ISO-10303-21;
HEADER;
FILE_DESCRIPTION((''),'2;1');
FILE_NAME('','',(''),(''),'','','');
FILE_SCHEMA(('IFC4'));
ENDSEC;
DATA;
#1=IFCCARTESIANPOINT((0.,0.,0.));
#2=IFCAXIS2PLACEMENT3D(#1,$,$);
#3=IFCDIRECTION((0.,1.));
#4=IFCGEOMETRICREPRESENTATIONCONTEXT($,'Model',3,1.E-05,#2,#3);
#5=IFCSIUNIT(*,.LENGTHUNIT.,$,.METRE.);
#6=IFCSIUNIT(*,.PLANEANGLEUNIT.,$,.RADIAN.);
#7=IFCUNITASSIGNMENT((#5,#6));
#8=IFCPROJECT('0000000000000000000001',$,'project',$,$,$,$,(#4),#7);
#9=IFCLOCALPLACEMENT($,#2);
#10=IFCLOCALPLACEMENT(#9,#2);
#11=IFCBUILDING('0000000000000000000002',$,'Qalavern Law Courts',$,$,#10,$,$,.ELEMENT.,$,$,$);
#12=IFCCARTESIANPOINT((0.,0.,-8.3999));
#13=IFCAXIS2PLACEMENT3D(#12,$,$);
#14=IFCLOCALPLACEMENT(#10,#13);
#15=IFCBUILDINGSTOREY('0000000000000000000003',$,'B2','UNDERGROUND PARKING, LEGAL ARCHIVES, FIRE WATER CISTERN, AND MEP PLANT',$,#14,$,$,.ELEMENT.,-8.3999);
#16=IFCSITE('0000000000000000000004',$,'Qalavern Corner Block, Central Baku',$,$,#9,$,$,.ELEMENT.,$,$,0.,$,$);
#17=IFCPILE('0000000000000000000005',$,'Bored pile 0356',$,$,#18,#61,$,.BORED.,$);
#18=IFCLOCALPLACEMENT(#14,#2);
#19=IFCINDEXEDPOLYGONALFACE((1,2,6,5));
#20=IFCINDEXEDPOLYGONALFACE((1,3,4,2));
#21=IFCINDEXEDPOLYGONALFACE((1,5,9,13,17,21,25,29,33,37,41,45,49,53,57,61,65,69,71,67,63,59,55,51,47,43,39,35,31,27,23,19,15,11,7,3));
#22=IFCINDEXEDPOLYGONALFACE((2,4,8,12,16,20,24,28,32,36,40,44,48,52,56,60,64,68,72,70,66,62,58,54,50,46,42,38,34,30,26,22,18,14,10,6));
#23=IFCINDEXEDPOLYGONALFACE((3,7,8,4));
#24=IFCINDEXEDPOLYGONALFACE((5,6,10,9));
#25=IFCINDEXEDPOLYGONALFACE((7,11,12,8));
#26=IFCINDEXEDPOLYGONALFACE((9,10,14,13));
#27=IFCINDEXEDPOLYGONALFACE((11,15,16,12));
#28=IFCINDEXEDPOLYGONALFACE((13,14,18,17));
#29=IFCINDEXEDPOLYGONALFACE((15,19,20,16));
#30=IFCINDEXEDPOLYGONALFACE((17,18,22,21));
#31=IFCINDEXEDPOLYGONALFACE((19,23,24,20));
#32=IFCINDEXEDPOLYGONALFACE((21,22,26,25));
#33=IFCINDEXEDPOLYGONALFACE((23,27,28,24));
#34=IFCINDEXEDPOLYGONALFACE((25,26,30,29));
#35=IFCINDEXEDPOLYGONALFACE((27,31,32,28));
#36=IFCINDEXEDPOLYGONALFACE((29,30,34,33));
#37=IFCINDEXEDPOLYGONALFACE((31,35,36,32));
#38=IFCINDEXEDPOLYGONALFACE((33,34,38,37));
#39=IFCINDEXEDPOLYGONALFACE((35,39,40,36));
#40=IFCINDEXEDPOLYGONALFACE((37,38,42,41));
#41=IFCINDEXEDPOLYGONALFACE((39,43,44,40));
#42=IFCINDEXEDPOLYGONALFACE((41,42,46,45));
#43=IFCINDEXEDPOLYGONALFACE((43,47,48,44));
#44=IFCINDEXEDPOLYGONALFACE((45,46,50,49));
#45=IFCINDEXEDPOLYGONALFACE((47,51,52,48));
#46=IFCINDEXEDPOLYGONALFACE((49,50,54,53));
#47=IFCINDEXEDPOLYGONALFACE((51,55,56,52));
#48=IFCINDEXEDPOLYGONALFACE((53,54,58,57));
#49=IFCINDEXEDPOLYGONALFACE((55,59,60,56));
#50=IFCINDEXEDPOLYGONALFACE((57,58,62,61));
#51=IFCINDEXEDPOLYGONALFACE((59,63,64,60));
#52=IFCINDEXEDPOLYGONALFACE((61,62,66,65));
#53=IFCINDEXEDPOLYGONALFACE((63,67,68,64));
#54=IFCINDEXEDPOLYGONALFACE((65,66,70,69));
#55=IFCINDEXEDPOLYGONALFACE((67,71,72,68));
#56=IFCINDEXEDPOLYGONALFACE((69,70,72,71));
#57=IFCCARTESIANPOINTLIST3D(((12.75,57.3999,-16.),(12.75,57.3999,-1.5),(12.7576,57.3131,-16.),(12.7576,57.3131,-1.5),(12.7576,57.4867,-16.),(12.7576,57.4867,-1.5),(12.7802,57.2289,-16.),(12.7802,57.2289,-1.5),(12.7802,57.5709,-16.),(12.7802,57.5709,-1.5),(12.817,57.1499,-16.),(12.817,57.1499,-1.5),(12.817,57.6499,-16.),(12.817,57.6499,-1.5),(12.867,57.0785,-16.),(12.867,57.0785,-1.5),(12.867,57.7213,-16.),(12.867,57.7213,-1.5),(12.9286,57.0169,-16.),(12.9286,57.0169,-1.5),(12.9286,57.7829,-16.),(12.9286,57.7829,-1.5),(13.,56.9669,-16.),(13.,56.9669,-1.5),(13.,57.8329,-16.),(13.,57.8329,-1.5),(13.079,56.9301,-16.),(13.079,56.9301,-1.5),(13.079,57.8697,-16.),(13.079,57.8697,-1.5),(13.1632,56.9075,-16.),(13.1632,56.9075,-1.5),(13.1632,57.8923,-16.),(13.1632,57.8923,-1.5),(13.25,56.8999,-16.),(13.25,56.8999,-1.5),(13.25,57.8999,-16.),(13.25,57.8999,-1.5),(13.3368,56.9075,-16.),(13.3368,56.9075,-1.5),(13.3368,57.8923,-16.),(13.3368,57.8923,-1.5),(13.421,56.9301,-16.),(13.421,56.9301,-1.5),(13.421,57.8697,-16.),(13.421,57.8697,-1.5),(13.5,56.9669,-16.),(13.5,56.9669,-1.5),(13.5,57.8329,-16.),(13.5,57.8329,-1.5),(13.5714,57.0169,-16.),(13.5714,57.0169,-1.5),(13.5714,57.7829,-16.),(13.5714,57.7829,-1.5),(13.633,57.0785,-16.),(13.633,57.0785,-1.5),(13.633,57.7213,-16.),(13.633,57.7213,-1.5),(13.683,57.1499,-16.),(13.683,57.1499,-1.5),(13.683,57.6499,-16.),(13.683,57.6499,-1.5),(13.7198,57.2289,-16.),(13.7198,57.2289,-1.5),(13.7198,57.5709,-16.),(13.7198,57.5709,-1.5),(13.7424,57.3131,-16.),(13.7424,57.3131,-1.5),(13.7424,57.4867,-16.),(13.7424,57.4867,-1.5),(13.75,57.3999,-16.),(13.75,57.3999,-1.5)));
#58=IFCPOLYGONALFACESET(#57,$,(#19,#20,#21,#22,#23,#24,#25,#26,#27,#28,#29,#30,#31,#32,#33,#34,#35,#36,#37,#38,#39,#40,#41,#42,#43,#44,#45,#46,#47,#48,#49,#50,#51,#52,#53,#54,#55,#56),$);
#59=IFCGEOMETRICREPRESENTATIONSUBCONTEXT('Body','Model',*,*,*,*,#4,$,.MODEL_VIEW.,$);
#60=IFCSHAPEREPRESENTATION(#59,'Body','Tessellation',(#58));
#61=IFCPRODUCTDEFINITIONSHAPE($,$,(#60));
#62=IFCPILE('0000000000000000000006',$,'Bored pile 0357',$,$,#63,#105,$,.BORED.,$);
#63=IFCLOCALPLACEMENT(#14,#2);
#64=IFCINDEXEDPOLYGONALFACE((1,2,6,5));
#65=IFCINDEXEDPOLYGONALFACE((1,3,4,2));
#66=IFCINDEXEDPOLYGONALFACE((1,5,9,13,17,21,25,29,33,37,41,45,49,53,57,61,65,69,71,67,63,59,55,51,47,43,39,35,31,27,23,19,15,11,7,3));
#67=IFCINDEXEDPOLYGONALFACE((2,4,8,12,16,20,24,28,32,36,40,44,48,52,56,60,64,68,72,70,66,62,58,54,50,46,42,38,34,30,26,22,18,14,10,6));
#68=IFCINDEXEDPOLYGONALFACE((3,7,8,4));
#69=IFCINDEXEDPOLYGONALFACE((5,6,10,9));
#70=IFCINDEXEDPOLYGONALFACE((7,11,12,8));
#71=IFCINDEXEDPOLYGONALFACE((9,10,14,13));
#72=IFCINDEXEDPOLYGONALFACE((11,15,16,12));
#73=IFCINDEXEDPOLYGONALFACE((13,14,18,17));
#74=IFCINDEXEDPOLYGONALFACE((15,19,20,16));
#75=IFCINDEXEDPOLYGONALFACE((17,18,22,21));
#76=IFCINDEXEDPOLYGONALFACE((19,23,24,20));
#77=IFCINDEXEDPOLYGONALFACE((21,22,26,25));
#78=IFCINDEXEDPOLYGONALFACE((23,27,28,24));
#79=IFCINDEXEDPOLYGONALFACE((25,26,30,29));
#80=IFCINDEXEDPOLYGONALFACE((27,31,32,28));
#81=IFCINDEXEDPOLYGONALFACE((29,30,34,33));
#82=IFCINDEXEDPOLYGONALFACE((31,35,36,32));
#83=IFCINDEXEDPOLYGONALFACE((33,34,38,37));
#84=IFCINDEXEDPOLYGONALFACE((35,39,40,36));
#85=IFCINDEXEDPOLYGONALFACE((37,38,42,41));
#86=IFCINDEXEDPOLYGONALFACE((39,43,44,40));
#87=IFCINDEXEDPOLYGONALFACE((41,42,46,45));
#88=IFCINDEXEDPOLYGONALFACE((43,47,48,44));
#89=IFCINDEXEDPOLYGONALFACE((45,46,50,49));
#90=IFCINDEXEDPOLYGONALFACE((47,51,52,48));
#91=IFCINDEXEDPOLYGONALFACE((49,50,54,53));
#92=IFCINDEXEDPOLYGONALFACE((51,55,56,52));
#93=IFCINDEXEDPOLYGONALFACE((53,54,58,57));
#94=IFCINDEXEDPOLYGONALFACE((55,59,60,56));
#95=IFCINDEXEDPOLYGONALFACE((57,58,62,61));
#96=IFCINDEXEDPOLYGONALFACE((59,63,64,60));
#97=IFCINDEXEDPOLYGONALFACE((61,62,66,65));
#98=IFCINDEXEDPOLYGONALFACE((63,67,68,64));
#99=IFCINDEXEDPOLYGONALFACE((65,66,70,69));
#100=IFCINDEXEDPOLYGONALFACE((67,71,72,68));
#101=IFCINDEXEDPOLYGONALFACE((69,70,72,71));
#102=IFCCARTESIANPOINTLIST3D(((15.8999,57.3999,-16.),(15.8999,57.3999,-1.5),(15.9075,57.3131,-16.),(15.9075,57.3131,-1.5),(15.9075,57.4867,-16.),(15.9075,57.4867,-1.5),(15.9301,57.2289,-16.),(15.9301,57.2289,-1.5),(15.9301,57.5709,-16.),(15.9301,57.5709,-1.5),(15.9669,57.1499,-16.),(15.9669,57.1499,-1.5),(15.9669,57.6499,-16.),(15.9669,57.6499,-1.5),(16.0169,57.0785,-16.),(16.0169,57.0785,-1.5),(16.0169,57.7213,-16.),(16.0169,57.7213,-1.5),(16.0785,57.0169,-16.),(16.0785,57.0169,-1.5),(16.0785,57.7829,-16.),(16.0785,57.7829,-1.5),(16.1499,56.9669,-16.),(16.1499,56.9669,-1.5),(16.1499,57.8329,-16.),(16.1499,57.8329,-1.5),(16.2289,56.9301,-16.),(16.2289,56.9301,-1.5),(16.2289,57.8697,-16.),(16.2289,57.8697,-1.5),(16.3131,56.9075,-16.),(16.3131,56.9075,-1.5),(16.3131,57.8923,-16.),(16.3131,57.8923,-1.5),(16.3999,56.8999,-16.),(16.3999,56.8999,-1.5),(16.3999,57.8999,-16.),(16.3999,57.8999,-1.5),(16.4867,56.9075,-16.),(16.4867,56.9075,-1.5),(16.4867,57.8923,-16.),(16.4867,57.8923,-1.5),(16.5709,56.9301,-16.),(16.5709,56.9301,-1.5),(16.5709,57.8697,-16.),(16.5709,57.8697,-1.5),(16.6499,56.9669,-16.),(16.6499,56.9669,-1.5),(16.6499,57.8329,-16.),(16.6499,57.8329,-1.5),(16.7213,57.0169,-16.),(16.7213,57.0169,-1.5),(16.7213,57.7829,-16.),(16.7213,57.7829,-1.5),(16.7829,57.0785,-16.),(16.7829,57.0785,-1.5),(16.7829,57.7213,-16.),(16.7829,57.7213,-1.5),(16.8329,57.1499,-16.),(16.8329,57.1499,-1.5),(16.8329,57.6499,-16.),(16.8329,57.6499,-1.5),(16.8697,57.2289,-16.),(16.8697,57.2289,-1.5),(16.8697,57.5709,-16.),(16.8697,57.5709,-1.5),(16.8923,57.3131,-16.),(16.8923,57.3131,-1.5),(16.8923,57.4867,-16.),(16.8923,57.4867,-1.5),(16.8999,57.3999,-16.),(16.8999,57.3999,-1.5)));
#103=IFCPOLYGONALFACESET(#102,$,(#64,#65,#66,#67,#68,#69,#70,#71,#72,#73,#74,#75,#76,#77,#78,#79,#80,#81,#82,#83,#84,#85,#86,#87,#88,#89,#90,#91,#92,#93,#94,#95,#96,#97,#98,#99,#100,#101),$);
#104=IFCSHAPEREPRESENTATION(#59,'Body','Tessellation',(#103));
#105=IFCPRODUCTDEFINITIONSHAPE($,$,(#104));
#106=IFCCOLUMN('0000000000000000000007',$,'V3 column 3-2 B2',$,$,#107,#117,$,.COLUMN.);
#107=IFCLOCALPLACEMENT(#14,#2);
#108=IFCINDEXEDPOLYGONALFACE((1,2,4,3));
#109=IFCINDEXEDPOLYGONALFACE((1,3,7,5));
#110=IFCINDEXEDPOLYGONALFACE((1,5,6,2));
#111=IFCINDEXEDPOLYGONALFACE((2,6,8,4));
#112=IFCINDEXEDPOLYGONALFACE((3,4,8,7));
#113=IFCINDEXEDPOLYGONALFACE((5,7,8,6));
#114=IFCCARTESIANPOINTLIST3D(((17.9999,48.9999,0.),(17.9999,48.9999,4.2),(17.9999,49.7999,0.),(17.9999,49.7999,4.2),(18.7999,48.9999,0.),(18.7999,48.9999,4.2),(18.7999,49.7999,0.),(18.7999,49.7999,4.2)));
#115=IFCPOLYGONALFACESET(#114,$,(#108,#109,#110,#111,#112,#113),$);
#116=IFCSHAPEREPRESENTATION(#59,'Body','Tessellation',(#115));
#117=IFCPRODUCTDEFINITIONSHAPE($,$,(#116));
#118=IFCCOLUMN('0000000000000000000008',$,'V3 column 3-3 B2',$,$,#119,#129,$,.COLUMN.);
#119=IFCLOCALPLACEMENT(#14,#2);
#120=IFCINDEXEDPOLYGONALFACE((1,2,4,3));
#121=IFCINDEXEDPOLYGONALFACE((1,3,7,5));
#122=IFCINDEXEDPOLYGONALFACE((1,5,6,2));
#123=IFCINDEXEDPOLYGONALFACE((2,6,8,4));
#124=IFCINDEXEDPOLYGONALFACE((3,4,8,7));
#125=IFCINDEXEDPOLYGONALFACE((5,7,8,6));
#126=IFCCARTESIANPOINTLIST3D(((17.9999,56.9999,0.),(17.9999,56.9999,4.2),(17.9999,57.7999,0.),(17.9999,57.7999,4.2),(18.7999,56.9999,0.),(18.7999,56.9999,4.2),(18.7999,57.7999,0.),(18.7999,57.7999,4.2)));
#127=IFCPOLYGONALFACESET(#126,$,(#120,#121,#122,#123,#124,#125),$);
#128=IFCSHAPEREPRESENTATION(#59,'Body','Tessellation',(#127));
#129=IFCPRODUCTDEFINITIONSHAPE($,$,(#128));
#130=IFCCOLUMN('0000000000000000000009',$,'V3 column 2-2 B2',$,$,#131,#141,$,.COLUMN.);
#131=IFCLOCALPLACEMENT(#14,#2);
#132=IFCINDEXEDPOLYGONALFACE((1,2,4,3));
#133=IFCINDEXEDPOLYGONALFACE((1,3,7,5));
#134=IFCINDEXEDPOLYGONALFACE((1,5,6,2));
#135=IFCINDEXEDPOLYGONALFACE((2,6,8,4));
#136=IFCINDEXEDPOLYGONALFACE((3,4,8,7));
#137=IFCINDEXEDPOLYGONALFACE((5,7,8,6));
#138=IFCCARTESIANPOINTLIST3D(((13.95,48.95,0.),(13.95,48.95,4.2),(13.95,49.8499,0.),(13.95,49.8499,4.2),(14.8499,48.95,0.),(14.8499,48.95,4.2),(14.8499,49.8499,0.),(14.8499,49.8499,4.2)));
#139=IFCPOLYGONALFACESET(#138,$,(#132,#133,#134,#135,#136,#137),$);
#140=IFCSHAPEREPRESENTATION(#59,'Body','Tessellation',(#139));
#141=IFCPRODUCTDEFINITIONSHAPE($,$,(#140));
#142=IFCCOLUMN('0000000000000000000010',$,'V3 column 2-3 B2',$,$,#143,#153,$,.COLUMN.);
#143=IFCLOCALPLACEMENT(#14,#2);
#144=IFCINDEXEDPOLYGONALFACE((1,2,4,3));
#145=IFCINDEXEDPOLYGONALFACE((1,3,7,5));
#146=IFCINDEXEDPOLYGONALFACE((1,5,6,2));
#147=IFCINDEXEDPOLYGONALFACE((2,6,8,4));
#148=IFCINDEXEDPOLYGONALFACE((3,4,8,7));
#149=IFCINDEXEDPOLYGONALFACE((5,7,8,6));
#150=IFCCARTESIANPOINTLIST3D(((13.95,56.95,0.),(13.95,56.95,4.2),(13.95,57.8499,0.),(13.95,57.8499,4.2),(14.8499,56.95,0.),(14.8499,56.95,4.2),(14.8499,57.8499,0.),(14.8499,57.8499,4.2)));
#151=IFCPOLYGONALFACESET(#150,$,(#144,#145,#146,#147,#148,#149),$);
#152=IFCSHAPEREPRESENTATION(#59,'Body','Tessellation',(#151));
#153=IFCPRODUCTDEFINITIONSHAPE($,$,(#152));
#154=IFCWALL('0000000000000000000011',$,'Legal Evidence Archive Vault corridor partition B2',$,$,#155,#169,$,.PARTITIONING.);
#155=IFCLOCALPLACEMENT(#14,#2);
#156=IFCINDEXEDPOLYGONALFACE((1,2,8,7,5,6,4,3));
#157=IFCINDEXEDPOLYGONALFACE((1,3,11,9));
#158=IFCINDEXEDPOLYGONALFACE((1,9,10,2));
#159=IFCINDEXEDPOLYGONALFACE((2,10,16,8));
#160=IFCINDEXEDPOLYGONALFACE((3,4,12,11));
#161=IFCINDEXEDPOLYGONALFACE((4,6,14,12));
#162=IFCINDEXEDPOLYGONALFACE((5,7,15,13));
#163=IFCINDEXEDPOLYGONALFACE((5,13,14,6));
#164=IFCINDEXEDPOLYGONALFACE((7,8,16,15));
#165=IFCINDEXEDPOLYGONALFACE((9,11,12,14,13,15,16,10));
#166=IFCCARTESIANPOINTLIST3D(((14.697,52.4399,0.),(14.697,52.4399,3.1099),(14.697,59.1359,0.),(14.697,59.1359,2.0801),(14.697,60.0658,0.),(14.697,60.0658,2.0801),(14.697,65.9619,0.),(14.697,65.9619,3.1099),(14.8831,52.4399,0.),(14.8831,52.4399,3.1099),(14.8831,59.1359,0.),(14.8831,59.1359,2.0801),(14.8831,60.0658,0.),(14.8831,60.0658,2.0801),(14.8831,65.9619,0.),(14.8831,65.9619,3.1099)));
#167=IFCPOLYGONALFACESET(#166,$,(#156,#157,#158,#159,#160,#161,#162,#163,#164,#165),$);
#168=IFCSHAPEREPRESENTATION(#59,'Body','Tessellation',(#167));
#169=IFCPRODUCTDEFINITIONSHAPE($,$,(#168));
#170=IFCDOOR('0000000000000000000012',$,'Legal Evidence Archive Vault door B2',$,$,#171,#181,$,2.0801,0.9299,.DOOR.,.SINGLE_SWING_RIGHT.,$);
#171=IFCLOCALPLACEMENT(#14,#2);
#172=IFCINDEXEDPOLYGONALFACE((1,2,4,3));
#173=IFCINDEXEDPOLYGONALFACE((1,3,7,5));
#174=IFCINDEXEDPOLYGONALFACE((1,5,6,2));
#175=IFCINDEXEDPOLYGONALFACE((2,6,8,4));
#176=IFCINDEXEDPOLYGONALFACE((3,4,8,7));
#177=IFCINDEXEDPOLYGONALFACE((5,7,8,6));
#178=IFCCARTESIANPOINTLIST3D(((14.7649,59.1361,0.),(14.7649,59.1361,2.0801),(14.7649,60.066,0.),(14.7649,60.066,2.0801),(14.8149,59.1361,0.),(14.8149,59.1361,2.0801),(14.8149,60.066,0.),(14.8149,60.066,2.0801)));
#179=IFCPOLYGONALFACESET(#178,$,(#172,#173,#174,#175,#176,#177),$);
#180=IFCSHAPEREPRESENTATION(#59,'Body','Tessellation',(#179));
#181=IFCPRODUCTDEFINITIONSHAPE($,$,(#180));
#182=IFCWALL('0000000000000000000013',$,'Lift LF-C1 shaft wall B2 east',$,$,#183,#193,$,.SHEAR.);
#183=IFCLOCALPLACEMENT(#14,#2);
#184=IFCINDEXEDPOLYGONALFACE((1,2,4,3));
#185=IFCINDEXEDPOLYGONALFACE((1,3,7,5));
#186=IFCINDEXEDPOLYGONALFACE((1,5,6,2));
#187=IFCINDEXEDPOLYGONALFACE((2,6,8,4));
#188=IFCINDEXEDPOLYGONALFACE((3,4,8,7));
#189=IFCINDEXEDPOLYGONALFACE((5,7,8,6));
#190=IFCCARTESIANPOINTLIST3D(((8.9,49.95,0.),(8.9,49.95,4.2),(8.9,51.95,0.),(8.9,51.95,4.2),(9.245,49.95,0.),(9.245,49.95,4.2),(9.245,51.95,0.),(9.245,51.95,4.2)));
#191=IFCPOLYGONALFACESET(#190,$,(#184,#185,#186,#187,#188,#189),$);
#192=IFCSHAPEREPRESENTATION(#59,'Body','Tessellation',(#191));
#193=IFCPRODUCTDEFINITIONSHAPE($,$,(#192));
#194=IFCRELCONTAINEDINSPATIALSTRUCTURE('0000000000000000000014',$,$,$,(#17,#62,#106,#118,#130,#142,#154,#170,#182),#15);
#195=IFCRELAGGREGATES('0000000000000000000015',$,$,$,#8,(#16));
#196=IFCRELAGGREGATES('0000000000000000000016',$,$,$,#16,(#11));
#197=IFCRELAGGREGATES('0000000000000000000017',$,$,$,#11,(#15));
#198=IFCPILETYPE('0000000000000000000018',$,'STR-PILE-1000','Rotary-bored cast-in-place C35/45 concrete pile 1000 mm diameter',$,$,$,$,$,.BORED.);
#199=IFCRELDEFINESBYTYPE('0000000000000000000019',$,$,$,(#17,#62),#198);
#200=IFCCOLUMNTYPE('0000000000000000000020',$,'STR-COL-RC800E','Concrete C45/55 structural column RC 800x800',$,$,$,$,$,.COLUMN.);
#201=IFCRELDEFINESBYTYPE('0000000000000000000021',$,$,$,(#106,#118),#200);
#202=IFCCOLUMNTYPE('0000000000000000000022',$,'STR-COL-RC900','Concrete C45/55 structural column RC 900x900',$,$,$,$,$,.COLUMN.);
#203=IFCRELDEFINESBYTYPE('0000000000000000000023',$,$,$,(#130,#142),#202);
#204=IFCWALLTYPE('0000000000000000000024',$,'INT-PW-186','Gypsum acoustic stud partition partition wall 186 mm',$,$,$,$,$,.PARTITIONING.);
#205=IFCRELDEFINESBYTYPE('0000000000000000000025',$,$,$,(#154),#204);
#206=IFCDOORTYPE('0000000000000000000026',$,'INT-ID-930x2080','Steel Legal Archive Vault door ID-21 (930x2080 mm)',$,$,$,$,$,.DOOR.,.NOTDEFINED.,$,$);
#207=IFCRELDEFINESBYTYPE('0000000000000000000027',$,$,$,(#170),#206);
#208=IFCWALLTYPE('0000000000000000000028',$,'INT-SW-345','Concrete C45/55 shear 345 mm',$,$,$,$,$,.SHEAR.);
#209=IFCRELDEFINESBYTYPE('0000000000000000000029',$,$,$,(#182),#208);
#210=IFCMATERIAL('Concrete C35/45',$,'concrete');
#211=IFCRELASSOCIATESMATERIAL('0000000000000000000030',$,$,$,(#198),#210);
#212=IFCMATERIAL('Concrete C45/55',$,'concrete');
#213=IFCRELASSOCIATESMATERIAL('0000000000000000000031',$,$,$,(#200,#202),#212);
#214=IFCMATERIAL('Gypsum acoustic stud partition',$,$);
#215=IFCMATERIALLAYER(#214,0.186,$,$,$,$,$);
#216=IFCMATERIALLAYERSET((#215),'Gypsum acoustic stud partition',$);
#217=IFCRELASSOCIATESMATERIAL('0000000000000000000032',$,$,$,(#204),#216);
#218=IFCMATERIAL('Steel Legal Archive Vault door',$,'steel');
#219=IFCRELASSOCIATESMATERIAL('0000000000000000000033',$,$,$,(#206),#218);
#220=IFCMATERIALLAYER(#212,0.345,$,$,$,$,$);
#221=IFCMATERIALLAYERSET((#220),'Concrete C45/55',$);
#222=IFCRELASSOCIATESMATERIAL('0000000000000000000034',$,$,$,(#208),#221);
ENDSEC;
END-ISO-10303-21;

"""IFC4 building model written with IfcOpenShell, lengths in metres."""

from ifc_helpers import new_model, si_unit, direction, frame, frame_2d, origin, origin_2d, place, context, subcontext, project, spatial, rectangle, circle, extrude, material, layer, layer_set, material_profile, profile_set, type_object, element, fill, save


model = new_model("IFC4")

# Units and contexts
model_context = context("Model", 3, precision=1e-05, world=origin(), true_north=direction((0.0, 1.0)))
body_context = subcontext(model_context, "Body", "Model", "MODEL_VIEW")
ifc_project = project(units=[si_unit("LENGTHUNIT", "METRE"), si_unit("PLANEANGLEUNIT", "RADIAN")], contexts=[model_context])

# Site, building, storey
site_placement = place(None, origin())
site = spatial("IfcSite", under=ifc_project, at=site_placement, Name="Qalavern Corner Block, Central Baku", CompositionType="ELEMENT", RefElevation=0.0)
building_placement = place(site_placement, origin())
building = spatial("IfcBuilding", under=site, at=building_placement, Name="Qalavern Law Courts", CompositionType="ELEMENT")
storey_placement = place(building_placement, frame((0.0, 0.0, -8.3999)))
storey = spatial("IfcBuildingStorey", under=building, at=storey_placement, Name="B2", Description="UNDERGROUND PARKING, LEGAL ARCHIVES, FIRE WATER CISTERN, AND MEP PLANT", CompositionType="ELEMENT", Elevation=-8.3999)

# Shared definitions
ifc_material_1 = material(Name="Concrete C35/45", Category="concrete")

# Piles
ifc_material_profile_1 = material_profile(ifc_material_1, circle(Radius=0.5, at=origin_2d()), Name="BORED PILE 1000")
ifc_profile_set_1 = profile_set([ifc_material_profile_1], Name="Concrete C35/45")
pile_type = type_object("IfcPileType", Name="STR-PILE-1000", Description="Rotary-bored cast-in-place C35/45 concrete pile 1000 mm diameter", PredefinedType="BORED", material=ifc_profile_set_1)
for number, where, z_axis, x_axis, name in (
    (1, (13.25, 57.3999, -1.5), (0.0, 0.0, -1.0), (1.0, 0.0, 0.0), "Bored pile 0356"),
    (2, (16.3999, 57.3999, -1.5), (0.0, 0.0, -1.0), (1.0, 0.0, 0.0), "Bored pile 0357"),
):
    element("IfcPile", number, at=place(storey_placement, frame(where, z_axis=z_axis, x_axis=x_axis)), inside=storey, type_object=pile_type, Name=name, PredefinedType="BORED", context=body_context, shape_type="SweptSolid", body=[
        extrude(circle(Radius=0.5, at=origin_2d()), origin(), (0.0, 0.0, 1.0), 14.5),
    ])

# Columns
ifc_material_2 = material(Name="Concrete C45/55", Category="concrete")
ifc_material_profile_2 = material_profile(ifc_material_2, rectangle(XDim=0.8, YDim=0.8, at=origin_2d()), Name="RC 800x800")
ifc_profile_set_2 = profile_set([ifc_material_profile_2], Name="Concrete C45/55")
column_type_1 = type_object("IfcColumnType", Name="STR-COL-RC800E", Description="Concrete C45/55 structural column RC 800x800", PredefinedType="COLUMN", material=ifc_profile_set_2)
for number, where, z_axis, x_axis, name in (
    (3, (18.3999, 49.3999, 0.0), (0.0, 0.0, 1.0), (1.0, 0.0, 0.0), "V3 column 3-2 B2"),
    (4, (18.3999, 57.3999, 0.0), (0.0, 0.0, 1.0), (1.0, 0.0, 0.0), "V3 column 3-3 B2"),
):
    element("IfcColumn", number, at=place(storey_placement, frame(where, z_axis=z_axis, x_axis=x_axis)), inside=storey, type_object=column_type_1, Name=name, PredefinedType="COLUMN", context=body_context, shape_type="SweptSolid", body=[
        extrude(rectangle(XDim=0.8, YDim=0.8, at=origin_2d()), origin(), (0.0, 0.0, 1.0), 4.2),
    ])
ifc_material_profile_3 = material_profile(ifc_material_2, rectangle(XDim=0.8999, YDim=0.8999, at=origin_2d()), Name="RC 900x900")
ifc_profile_set_3 = profile_set([ifc_material_profile_3], Name="Concrete C45/55")
column_type_2 = type_object("IfcColumnType", Name="STR-COL-RC900", Description="Concrete C45/55 structural column RC 900x900", PredefinedType="COLUMN", material=ifc_profile_set_3)
for number, where, z_axis, x_axis, name in (
    (5, (14.3999, 49.3999, 0.0), (0.0, 0.0, 1.0), (1.0, 0.0, 0.0), "V3 column 2-2 B2"),
    (6, (14.3999, 57.3999, 0.0), (0.0, 0.0, 1.0), (1.0, 0.0, 0.0), "V3 column 2-3 B2"),
):
    element("IfcColumn", number, at=place(storey_placement, frame(where, z_axis=z_axis, x_axis=x_axis)), inside=storey, type_object=column_type_2, Name=name, PredefinedType="COLUMN", context=body_context, shape_type="SweptSolid", body=[
        extrude(rectangle(XDim=0.8999, YDim=0.8999, at=origin_2d()), origin(), (0.0, 0.0, 1.0), 4.2),
    ])

# Wall, opening, door
ifc_material_3 = material(Name="Gypsum acoustic stud partition")
ifc_layer_1 = layer(ifc_material_3, 0.186)
ifc_layer_set_1 = layer_set([ifc_layer_1], Name="Gypsum acoustic stud partition")
wall_type_1 = type_object("IfcWallType", Name="INT-PW-186", Description="Gypsum acoustic stud partition partition wall 186 mm", PredefinedType="PARTITIONING", material=ifc_layer_set_1)
wall_1_placement = place(storey_placement, frame((14.79, 52.4399, 0.0), z_axis=(0.0, 0.0, 1.0), x_axis=(0.0, 1.0, 0.0)))
wall_1 = element("IfcWall", 7, at=wall_1_placement, inside=storey, type_object=wall_type_1, Name="Legal Evidence Archive Vault corridor partition B2", PredefinedType="PARTITIONING", context=body_context, shape_type="SweptSolid", body=[
    extrude(rectangle(XDim=13.522, YDim=0.186, at=frame_2d((6.761, 0.0))), origin(), (0.0, 0.0, 1.0), 3.1099),
])
opening_placement = place(wall_1_placement, frame((6.696, 0.0, 0.0)))
opening = element("IfcOpeningElement", 8, at=opening_placement, cuts=wall_1, PredefinedType="OPENING", context=body_context, shape_type="SweptSolid", body=[
    extrude(rectangle(XDim=0.9299, YDim=2.0801, at=frame_2d((0.4648, 1.04))), frame((0.0, 0.1079, 0.0), z_axis=(0.0, -1.0, 0.0), x_axis=(1.0, 0.0, 0.0)), (0.0, 0.0, 1.0), 0.2158),
])
ifc_material_4 = material(Name="Steel Legal Archive Vault door", Category="steel")
door_type = type_object("IfcDoorType", Name="INT-ID-930x2080", Description="Steel Legal Archive Vault door ID-21 (930x2080 mm)", OperationType="NOTDEFINED", PredefinedType="DOOR", material=ifc_material_4)
door_placement = place(opening_placement, frame((0.9299, 0.0, 0.0), z_axis=(0.0, 0.0, 1.0), x_axis=(-1.0, 0.0, 0.0)))
door = element("IfcDoor", 9, at=door_placement, inside=storey, type_object=door_type, Name="Legal Evidence Archive Vault door B2", OperationType="SINGLE_SWING_RIGHT", OverallHeight=2.0801, OverallWidth=0.9299, PredefinedType="DOOR", context=body_context, shape_type="SweptSolid", body=[
    extrude(rectangle(XDim=0.9299, YDim=2.0801, at=frame_2d((0.4648, 1.04))), frame((0.0, 0.0249, 0.0), z_axis=(0.0, -1.0, 0.0), x_axis=(1.0, 0.0, 0.0)), (0.0, 0.0, 1.0), 0.05),
])
fill(opening, door)

# Wall
ifc_layer_2 = layer(ifc_material_2, 0.345)
ifc_layer_set_2 = layer_set([ifc_layer_2], Name="Concrete C45/55")
wall_type_2 = type_object("IfcWallType", Name="INT-SW-345", Description="Concrete C45/55 shear 345 mm", PredefinedType="SHEAR", material=ifc_layer_set_2)
wall_2_placement = place(storey_placement, frame((9.0725, 49.95, 0.0), z_axis=(0.0, 0.0, 1.0), x_axis=(0.0, 1.0, 0.0)))
element("IfcWall", 10, at=wall_2_placement, inside=storey, type_object=wall_type_2, Name="Lift LF-C1 shaft wall B2 east", PredefinedType="SHEAR", context=body_context, shape_type="SweptSolid", body=[
    extrude(rectangle(XDim=2.0, YDim=0.345, at=frame_2d((1.0, 0.0))), origin(), (0.0, 0.0, 1.0), 4.2),
])

save(model, "model.ifc")
